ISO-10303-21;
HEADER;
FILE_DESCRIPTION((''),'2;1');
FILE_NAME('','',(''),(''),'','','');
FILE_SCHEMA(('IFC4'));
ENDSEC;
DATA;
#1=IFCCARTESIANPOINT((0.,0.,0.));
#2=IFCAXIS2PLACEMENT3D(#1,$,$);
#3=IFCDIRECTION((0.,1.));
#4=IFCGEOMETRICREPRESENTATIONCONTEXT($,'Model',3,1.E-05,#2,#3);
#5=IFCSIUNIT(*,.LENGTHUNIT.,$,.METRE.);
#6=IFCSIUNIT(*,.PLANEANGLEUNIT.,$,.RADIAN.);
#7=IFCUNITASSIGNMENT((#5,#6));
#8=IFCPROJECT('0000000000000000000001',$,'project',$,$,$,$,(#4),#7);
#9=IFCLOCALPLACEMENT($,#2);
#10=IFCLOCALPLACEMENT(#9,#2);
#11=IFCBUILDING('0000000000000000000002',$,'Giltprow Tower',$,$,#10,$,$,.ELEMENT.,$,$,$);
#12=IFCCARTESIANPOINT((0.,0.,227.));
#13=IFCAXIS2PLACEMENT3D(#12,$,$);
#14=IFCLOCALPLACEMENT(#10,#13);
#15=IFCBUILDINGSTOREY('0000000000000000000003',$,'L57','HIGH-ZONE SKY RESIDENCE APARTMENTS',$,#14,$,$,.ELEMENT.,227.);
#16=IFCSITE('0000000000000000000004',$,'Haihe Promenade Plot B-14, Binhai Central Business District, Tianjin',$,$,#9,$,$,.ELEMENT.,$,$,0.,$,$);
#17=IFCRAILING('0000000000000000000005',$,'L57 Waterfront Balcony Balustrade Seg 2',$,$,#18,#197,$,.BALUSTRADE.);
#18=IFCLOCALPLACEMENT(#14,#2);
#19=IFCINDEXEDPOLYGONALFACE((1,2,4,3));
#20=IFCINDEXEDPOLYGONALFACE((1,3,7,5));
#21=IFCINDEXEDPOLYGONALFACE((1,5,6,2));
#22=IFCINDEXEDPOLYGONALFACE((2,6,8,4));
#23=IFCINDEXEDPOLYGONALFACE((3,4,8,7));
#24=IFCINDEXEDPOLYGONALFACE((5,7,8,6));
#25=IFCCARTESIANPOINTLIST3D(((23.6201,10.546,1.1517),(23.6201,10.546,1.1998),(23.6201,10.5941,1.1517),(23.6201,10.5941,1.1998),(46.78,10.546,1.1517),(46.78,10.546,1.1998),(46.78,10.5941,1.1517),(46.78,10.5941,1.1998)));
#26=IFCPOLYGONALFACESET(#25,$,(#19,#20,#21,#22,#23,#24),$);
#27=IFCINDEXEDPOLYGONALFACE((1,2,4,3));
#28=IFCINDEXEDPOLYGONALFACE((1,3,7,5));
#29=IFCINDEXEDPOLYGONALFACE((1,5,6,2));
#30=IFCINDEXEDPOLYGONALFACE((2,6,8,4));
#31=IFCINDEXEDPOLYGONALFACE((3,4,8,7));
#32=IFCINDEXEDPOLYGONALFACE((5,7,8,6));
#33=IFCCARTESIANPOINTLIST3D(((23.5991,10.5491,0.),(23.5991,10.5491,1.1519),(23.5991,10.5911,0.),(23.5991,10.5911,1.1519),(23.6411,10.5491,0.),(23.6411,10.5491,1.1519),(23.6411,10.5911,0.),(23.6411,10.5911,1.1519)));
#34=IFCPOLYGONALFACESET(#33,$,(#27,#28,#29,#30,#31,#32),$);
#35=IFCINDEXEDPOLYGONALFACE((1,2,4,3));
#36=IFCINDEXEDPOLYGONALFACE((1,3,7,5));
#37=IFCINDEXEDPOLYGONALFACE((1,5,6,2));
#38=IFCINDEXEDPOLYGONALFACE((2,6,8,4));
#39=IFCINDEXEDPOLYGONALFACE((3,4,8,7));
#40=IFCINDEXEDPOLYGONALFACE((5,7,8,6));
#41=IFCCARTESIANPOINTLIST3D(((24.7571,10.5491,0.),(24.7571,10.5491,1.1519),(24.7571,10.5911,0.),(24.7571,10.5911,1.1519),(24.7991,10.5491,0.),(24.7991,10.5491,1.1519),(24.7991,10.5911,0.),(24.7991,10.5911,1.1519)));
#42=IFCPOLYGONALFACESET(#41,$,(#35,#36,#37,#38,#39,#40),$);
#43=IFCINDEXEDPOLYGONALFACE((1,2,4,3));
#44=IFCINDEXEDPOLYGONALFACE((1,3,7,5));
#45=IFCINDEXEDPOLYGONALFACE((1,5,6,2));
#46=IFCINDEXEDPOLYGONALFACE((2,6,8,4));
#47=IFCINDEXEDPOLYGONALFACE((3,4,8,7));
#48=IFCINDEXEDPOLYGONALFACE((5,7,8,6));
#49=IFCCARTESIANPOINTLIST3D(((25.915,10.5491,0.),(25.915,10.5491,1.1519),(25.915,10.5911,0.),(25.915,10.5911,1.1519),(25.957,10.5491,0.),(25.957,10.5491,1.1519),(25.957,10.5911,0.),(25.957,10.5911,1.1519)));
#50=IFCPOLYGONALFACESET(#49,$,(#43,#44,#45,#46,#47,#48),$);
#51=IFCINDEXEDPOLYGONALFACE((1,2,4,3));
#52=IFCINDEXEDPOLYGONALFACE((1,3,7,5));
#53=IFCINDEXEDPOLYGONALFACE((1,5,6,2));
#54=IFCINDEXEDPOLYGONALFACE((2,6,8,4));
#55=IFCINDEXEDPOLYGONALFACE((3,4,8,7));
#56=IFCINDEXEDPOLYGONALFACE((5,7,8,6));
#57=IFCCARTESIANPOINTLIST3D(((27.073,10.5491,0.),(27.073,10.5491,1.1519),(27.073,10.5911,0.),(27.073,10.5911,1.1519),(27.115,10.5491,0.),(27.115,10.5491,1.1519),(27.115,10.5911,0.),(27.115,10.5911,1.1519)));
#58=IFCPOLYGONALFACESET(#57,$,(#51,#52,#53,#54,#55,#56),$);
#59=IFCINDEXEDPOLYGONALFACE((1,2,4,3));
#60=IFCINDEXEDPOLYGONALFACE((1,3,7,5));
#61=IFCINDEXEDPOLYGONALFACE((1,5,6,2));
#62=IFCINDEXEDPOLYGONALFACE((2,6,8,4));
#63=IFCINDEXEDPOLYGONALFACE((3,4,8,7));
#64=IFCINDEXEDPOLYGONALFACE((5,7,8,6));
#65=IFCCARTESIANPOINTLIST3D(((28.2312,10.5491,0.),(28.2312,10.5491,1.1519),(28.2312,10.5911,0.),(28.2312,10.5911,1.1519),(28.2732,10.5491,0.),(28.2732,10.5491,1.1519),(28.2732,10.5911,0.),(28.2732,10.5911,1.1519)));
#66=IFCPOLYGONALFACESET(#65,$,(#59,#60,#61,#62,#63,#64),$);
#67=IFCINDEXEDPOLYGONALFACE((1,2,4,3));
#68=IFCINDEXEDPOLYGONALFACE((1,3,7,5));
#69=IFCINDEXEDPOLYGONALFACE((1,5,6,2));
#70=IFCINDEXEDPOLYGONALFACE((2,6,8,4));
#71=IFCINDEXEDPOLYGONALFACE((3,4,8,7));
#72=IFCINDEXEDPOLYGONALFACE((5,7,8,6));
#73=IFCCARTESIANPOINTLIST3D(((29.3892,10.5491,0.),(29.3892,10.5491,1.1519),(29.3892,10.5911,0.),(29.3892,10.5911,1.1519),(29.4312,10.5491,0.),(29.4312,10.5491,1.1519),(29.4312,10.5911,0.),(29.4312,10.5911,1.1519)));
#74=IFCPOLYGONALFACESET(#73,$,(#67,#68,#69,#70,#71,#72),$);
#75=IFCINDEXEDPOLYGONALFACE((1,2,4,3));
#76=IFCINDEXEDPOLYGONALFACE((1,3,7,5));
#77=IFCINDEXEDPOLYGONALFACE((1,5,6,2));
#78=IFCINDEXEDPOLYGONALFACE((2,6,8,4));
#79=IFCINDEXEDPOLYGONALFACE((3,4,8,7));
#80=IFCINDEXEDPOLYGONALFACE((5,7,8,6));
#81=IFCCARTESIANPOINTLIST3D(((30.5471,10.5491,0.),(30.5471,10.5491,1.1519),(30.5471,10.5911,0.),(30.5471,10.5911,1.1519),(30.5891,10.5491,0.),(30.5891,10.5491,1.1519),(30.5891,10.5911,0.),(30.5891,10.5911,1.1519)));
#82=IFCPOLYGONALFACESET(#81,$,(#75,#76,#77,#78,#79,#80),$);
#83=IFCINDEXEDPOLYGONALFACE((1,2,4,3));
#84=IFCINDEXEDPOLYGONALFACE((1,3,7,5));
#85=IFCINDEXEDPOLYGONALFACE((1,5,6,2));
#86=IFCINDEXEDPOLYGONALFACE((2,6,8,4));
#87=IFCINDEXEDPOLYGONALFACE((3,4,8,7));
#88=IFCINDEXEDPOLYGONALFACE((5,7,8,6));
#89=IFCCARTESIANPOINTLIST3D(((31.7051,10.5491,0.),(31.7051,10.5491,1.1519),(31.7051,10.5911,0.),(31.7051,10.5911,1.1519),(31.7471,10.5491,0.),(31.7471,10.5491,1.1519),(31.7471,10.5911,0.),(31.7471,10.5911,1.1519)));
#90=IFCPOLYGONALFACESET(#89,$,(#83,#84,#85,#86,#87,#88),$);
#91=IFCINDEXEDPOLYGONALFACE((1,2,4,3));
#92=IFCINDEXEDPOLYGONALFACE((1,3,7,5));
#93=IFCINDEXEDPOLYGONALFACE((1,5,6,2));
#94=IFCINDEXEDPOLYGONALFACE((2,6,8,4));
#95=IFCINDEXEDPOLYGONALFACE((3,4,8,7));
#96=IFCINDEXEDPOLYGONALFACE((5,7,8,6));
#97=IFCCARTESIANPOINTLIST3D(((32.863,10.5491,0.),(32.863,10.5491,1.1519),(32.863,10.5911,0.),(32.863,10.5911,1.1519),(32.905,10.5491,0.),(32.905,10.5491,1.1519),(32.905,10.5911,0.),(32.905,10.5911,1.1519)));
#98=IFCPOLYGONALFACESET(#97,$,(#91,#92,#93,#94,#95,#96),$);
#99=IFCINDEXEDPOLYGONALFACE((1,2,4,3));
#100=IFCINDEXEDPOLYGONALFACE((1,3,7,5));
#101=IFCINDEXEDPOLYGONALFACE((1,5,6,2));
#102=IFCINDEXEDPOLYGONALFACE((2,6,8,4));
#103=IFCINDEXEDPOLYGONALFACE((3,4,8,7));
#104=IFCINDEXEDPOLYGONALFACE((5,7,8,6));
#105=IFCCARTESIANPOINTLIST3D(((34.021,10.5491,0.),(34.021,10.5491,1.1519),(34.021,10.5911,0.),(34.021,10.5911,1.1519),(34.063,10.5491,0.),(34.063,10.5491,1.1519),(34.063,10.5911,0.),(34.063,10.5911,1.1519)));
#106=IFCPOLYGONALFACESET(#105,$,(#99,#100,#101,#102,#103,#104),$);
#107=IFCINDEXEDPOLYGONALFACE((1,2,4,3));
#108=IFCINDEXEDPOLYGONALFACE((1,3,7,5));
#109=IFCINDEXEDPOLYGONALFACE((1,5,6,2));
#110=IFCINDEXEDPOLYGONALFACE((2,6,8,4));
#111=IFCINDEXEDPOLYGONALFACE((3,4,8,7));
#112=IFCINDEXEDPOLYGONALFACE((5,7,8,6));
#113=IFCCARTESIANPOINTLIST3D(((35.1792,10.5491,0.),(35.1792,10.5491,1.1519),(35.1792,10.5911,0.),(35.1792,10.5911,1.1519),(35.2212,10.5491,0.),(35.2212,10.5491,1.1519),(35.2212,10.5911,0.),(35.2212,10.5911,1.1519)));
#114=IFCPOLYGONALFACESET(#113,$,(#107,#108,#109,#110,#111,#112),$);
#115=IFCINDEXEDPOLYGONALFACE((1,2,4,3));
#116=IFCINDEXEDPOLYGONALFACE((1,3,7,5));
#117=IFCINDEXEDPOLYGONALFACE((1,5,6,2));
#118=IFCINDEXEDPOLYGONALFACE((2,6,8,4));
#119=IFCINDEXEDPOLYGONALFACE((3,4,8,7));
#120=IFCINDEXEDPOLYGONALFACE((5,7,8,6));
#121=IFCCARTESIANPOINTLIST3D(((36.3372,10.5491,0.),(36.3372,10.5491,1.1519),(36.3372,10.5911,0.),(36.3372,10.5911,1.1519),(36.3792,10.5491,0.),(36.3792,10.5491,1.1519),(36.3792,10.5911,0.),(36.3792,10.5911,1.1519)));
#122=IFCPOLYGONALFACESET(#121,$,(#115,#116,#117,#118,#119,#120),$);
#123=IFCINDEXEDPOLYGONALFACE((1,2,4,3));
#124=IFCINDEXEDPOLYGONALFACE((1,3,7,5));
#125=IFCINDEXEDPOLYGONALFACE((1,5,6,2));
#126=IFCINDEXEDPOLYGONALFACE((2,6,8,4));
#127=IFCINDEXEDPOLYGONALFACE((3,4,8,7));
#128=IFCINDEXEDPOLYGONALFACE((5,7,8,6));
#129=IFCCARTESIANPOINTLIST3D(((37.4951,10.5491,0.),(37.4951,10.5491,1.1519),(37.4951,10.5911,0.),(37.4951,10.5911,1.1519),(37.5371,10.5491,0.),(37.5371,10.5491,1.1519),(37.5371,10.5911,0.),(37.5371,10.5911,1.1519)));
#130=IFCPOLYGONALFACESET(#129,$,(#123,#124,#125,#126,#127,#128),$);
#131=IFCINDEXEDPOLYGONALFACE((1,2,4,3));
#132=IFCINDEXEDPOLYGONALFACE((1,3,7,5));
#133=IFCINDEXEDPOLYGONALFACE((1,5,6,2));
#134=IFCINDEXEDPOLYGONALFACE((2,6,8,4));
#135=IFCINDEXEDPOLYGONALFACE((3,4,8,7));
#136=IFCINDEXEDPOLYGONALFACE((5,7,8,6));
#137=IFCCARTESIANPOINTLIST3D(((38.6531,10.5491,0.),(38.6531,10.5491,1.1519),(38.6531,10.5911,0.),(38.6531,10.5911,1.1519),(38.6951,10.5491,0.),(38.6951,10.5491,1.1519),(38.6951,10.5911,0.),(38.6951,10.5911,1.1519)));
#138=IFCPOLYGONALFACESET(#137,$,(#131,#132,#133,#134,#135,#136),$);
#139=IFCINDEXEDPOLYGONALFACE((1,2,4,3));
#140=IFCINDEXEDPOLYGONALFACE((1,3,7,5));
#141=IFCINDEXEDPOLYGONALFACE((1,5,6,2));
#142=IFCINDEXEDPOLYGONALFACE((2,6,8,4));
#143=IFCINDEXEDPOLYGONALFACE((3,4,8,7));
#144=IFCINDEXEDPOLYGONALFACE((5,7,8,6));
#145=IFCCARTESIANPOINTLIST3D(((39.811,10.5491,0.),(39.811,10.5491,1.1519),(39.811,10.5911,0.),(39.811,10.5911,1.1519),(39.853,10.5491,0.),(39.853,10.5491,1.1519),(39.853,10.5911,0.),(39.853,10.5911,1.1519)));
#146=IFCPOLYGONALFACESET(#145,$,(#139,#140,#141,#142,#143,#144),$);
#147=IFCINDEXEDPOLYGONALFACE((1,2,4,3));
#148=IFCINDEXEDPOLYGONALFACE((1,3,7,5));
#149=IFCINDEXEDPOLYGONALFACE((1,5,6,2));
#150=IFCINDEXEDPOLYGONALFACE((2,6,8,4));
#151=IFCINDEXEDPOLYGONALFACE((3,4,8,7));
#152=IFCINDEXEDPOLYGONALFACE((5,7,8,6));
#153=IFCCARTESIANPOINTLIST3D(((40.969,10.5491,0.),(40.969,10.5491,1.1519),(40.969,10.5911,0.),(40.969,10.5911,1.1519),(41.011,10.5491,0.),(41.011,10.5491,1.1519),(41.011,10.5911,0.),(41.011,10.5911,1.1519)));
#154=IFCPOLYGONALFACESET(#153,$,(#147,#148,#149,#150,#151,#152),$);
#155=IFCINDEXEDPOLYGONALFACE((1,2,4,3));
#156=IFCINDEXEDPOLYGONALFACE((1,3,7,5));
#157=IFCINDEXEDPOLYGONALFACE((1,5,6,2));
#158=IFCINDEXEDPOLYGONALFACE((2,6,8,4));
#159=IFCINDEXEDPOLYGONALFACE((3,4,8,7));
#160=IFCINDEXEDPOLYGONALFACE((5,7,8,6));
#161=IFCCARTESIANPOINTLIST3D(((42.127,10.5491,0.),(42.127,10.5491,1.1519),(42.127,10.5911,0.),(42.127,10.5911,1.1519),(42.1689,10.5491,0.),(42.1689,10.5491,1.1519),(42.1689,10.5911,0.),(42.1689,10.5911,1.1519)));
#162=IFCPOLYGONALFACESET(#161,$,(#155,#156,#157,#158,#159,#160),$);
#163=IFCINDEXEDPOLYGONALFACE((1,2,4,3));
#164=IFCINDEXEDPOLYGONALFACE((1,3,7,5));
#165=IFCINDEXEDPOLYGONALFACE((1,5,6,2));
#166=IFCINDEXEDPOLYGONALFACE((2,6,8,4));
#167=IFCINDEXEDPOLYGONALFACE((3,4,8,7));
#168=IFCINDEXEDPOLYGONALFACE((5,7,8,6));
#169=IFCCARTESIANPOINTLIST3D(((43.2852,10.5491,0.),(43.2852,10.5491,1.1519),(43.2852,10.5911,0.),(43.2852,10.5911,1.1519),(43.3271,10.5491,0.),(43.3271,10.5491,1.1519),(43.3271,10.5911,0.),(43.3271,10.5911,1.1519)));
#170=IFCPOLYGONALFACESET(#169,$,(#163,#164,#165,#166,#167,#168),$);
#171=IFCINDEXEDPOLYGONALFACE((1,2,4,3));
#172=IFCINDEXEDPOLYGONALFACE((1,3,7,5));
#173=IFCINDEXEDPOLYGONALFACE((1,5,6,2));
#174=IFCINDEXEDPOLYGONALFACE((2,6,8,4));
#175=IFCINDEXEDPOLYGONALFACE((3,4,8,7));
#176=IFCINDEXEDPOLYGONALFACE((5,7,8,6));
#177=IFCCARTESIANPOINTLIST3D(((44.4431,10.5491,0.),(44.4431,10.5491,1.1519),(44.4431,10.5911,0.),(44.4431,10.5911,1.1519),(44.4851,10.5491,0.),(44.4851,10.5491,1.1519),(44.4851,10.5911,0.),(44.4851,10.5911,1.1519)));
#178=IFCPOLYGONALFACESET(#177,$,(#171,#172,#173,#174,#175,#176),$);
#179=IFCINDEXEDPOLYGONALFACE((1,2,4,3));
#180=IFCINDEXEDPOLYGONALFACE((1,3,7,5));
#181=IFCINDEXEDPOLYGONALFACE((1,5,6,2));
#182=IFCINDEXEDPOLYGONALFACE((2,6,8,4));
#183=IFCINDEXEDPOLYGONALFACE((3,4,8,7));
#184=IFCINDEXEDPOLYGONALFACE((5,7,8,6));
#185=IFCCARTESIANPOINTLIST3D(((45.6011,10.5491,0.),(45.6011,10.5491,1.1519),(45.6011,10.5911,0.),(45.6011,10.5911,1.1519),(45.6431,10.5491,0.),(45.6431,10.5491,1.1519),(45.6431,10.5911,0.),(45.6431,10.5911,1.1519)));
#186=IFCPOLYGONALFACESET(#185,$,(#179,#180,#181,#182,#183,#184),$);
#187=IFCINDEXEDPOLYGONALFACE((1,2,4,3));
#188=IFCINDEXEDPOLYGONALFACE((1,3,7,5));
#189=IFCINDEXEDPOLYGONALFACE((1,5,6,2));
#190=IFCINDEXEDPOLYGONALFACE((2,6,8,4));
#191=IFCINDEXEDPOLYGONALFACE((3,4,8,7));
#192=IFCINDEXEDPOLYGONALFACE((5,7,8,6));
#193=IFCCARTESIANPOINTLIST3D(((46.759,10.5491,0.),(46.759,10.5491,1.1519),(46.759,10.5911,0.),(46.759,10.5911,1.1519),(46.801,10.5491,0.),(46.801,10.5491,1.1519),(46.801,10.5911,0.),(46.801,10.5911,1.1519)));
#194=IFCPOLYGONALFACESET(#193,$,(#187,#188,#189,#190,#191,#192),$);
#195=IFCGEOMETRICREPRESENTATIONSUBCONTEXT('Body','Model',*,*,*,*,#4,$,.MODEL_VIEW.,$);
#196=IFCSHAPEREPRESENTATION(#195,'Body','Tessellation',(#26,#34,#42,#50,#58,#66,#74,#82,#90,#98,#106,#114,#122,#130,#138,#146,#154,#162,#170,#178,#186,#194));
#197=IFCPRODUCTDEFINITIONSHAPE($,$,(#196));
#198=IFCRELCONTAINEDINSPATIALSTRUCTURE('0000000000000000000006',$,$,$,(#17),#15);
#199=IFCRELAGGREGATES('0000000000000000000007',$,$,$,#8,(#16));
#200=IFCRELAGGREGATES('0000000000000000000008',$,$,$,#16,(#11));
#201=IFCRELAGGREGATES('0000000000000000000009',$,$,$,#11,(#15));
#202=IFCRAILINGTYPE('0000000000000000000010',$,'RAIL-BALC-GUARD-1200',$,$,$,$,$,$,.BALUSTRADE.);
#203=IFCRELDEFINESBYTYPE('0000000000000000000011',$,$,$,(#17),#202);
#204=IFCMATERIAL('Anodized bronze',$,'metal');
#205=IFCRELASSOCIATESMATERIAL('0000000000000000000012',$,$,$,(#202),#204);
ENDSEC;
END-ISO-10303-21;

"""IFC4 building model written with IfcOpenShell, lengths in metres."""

from ifc_helpers import new_model, si_unit, direction, frame, origin, origin_2d, place, context, subcontext, project, spatial, rectangle, extrude, material, type_object, element, save


model = new_model("IFC4")

# Units and contexts
model_context = context("Model", 3, precision=1e-05, world=origin(), true_north=direction((0.0, 1.0)))
body_context = subcontext(model_context, "Body", "Model", "MODEL_VIEW")
ifc_project = project(units=[si_unit("LENGTHUNIT", "METRE"), si_unit("PLANEANGLEUNIT", "RADIAN")], contexts=[model_context])

# Site, building, storey
site_placement = place(None, origin())
site = spatial("IfcSite", under=ifc_project, at=site_placement, Name="Haihe Promenade Plot B-14, Binhai Central Business District, Tianjin", CompositionType="ELEMENT", RefElevation=0.0)
building_placement = place(site_placement, origin())
building = spatial("IfcBuilding", under=site, at=building_placement, Name="Giltprow Tower", CompositionType="ELEMENT")
storey_placement = place(building_placement, frame((0.0, 0.0, 227.0)))
storey = spatial("IfcBuildingStorey", under=building, at=storey_placement, Name="L57", Description="HIGH-ZONE SKY RESIDENCE APARTMENTS", CompositionType="ELEMENT", Elevation=227.0)

# Shared definitions
ifc_material_1 = material(Name="Anodized bronze", Category="metal")

# Railing
railing_type = type_object("IfcRailingType", Name="RAIL-BALC-GUARD-1200", PredefinedType="BALUSTRADE", material=ifc_material_1)
railing_1_placement = place(storey_placement, frame((23.6201, 10.5701, 0.0)))
element("IfcRailing", 1, at=railing_1_placement, inside=storey, type_object=railing_type, Name="L57 Waterfront Balcony Balustrade Seg 2", PredefinedType="BALUSTRADE", context=body_context, shape_type="SweptSolid", body=[
    extrude(rectangle(XDim=0.0481, YDim=0.0481, at=origin_2d()), frame((0.0, 0.0, 1.1758), z_axis=(1.0, 0.0, 0.0), x_axis=(0.0, 1.0, 0.0)), (0.0, 0.0, 1.0), 23.1599),
    extrude(rectangle(XDim=0.042, YDim=0.042, at=origin_2d()), origin(), (0.0, 0.0, 1.0), 1.1519),
    extrude(rectangle(XDim=0.042, YDim=0.042, at=origin_2d()), frame((1.158, 0.0, 0.0)), (0.0, 0.0, 1.0), 1.1519),
    extrude(rectangle(XDim=0.042, YDim=0.042, at=origin_2d()), frame((2.3159, 0.0, 0.0)), (0.0, 0.0, 1.0), 1.1519),
    extrude(rectangle(XDim=0.042, YDim=0.042, at=origin_2d()), frame((3.4739, 0.0, 0.0)), (0.0, 0.0, 1.0), 1.1519),
    extrude(rectangle(XDim=0.042, YDim=0.042, at=origin_2d()), frame((4.6321, 0.0, 0.0)), (0.0, 0.0, 1.0), 1.1519),
    extrude(rectangle(XDim=0.042, YDim=0.042, at=origin_2d()), frame((5.79, 0.0, 0.0)), (0.0, 0.0, 1.0), 1.1519),
    extrude(rectangle(XDim=0.042, YDim=0.042, at=origin_2d()), frame((6.948, 0.0, 0.0)), (0.0, 0.0, 1.0), 1.1519),
    extrude(rectangle(XDim=0.042, YDim=0.042, at=origin_2d()), frame((8.106, 0.0, 0.0)), (0.0, 0.0, 1.0), 1.1519),
    extrude(rectangle(XDim=0.042, YDim=0.042, at=origin_2d()), frame((9.2639, 0.0, 0.0)), (0.0, 0.0, 1.0), 1.1519),
    extrude(rectangle(XDim=0.042, YDim=0.042, at=origin_2d()), frame((10.4219, 0.0, 0.0)), (0.0, 0.0, 1.0), 1.1519),
    extrude(rectangle(XDim=0.042, YDim=0.042, at=origin_2d()), frame((11.5801, 0.0, 0.0)), (0.0, 0.0, 1.0), 1.1519),
    extrude(rectangle(XDim=0.042, YDim=0.042, at=origin_2d()), frame((12.738, 0.0, 0.0)), (0.0, 0.0, 1.0), 1.1519),
    extrude(rectangle(XDim=0.042, YDim=0.042, at=origin_2d()), frame((13.896, 0.0, 0.0)), (0.0, 0.0, 1.0), 1.1519),
    extrude(rectangle(XDim=0.042, YDim=0.042, at=origin_2d()), frame((15.054, 0.0, 0.0)), (0.0, 0.0, 1.0), 1.1519),
    extrude(rectangle(XDim=0.042, YDim=0.042, at=origin_2d()), frame((16.2119, 0.0, 0.0)), (0.0, 0.0, 1.0), 1.1519),
    extrude(rectangle(XDim=0.042, YDim=0.042, at=origin_2d()), frame((17.3699, 0.0, 0.0)), (0.0, 0.0, 1.0), 1.1519),
    extrude(rectangle(XDim=0.042, YDim=0.042, at=origin_2d()), frame((18.5278, 0.0, 0.0)), (0.0, 0.0, 1.0), 1.1519),
    extrude(rectangle(XDim=0.042, YDim=0.042, at=origin_2d()), frame((19.686, 0.0, 0.0)), (0.0, 0.0, 1.0), 1.1519),
    extrude(rectangle(XDim=0.042, YDim=0.042, at=origin_2d()), frame((20.844, 0.0, 0.0)), (0.0, 0.0, 1.0), 1.1519),
    extrude(rectangle(XDim=0.042, YDim=0.042, at=origin_2d()), frame((22.002, 0.0, 0.0)), (0.0, 0.0, 1.0), 1.1519),
    extrude(rectangle(XDim=0.042, YDim=0.042, at=origin_2d()), frame((23.1599, 0.0, 0.0)), (0.0, 0.0, 1.0), 1.1519),
])

save(model, "model.ifc")
